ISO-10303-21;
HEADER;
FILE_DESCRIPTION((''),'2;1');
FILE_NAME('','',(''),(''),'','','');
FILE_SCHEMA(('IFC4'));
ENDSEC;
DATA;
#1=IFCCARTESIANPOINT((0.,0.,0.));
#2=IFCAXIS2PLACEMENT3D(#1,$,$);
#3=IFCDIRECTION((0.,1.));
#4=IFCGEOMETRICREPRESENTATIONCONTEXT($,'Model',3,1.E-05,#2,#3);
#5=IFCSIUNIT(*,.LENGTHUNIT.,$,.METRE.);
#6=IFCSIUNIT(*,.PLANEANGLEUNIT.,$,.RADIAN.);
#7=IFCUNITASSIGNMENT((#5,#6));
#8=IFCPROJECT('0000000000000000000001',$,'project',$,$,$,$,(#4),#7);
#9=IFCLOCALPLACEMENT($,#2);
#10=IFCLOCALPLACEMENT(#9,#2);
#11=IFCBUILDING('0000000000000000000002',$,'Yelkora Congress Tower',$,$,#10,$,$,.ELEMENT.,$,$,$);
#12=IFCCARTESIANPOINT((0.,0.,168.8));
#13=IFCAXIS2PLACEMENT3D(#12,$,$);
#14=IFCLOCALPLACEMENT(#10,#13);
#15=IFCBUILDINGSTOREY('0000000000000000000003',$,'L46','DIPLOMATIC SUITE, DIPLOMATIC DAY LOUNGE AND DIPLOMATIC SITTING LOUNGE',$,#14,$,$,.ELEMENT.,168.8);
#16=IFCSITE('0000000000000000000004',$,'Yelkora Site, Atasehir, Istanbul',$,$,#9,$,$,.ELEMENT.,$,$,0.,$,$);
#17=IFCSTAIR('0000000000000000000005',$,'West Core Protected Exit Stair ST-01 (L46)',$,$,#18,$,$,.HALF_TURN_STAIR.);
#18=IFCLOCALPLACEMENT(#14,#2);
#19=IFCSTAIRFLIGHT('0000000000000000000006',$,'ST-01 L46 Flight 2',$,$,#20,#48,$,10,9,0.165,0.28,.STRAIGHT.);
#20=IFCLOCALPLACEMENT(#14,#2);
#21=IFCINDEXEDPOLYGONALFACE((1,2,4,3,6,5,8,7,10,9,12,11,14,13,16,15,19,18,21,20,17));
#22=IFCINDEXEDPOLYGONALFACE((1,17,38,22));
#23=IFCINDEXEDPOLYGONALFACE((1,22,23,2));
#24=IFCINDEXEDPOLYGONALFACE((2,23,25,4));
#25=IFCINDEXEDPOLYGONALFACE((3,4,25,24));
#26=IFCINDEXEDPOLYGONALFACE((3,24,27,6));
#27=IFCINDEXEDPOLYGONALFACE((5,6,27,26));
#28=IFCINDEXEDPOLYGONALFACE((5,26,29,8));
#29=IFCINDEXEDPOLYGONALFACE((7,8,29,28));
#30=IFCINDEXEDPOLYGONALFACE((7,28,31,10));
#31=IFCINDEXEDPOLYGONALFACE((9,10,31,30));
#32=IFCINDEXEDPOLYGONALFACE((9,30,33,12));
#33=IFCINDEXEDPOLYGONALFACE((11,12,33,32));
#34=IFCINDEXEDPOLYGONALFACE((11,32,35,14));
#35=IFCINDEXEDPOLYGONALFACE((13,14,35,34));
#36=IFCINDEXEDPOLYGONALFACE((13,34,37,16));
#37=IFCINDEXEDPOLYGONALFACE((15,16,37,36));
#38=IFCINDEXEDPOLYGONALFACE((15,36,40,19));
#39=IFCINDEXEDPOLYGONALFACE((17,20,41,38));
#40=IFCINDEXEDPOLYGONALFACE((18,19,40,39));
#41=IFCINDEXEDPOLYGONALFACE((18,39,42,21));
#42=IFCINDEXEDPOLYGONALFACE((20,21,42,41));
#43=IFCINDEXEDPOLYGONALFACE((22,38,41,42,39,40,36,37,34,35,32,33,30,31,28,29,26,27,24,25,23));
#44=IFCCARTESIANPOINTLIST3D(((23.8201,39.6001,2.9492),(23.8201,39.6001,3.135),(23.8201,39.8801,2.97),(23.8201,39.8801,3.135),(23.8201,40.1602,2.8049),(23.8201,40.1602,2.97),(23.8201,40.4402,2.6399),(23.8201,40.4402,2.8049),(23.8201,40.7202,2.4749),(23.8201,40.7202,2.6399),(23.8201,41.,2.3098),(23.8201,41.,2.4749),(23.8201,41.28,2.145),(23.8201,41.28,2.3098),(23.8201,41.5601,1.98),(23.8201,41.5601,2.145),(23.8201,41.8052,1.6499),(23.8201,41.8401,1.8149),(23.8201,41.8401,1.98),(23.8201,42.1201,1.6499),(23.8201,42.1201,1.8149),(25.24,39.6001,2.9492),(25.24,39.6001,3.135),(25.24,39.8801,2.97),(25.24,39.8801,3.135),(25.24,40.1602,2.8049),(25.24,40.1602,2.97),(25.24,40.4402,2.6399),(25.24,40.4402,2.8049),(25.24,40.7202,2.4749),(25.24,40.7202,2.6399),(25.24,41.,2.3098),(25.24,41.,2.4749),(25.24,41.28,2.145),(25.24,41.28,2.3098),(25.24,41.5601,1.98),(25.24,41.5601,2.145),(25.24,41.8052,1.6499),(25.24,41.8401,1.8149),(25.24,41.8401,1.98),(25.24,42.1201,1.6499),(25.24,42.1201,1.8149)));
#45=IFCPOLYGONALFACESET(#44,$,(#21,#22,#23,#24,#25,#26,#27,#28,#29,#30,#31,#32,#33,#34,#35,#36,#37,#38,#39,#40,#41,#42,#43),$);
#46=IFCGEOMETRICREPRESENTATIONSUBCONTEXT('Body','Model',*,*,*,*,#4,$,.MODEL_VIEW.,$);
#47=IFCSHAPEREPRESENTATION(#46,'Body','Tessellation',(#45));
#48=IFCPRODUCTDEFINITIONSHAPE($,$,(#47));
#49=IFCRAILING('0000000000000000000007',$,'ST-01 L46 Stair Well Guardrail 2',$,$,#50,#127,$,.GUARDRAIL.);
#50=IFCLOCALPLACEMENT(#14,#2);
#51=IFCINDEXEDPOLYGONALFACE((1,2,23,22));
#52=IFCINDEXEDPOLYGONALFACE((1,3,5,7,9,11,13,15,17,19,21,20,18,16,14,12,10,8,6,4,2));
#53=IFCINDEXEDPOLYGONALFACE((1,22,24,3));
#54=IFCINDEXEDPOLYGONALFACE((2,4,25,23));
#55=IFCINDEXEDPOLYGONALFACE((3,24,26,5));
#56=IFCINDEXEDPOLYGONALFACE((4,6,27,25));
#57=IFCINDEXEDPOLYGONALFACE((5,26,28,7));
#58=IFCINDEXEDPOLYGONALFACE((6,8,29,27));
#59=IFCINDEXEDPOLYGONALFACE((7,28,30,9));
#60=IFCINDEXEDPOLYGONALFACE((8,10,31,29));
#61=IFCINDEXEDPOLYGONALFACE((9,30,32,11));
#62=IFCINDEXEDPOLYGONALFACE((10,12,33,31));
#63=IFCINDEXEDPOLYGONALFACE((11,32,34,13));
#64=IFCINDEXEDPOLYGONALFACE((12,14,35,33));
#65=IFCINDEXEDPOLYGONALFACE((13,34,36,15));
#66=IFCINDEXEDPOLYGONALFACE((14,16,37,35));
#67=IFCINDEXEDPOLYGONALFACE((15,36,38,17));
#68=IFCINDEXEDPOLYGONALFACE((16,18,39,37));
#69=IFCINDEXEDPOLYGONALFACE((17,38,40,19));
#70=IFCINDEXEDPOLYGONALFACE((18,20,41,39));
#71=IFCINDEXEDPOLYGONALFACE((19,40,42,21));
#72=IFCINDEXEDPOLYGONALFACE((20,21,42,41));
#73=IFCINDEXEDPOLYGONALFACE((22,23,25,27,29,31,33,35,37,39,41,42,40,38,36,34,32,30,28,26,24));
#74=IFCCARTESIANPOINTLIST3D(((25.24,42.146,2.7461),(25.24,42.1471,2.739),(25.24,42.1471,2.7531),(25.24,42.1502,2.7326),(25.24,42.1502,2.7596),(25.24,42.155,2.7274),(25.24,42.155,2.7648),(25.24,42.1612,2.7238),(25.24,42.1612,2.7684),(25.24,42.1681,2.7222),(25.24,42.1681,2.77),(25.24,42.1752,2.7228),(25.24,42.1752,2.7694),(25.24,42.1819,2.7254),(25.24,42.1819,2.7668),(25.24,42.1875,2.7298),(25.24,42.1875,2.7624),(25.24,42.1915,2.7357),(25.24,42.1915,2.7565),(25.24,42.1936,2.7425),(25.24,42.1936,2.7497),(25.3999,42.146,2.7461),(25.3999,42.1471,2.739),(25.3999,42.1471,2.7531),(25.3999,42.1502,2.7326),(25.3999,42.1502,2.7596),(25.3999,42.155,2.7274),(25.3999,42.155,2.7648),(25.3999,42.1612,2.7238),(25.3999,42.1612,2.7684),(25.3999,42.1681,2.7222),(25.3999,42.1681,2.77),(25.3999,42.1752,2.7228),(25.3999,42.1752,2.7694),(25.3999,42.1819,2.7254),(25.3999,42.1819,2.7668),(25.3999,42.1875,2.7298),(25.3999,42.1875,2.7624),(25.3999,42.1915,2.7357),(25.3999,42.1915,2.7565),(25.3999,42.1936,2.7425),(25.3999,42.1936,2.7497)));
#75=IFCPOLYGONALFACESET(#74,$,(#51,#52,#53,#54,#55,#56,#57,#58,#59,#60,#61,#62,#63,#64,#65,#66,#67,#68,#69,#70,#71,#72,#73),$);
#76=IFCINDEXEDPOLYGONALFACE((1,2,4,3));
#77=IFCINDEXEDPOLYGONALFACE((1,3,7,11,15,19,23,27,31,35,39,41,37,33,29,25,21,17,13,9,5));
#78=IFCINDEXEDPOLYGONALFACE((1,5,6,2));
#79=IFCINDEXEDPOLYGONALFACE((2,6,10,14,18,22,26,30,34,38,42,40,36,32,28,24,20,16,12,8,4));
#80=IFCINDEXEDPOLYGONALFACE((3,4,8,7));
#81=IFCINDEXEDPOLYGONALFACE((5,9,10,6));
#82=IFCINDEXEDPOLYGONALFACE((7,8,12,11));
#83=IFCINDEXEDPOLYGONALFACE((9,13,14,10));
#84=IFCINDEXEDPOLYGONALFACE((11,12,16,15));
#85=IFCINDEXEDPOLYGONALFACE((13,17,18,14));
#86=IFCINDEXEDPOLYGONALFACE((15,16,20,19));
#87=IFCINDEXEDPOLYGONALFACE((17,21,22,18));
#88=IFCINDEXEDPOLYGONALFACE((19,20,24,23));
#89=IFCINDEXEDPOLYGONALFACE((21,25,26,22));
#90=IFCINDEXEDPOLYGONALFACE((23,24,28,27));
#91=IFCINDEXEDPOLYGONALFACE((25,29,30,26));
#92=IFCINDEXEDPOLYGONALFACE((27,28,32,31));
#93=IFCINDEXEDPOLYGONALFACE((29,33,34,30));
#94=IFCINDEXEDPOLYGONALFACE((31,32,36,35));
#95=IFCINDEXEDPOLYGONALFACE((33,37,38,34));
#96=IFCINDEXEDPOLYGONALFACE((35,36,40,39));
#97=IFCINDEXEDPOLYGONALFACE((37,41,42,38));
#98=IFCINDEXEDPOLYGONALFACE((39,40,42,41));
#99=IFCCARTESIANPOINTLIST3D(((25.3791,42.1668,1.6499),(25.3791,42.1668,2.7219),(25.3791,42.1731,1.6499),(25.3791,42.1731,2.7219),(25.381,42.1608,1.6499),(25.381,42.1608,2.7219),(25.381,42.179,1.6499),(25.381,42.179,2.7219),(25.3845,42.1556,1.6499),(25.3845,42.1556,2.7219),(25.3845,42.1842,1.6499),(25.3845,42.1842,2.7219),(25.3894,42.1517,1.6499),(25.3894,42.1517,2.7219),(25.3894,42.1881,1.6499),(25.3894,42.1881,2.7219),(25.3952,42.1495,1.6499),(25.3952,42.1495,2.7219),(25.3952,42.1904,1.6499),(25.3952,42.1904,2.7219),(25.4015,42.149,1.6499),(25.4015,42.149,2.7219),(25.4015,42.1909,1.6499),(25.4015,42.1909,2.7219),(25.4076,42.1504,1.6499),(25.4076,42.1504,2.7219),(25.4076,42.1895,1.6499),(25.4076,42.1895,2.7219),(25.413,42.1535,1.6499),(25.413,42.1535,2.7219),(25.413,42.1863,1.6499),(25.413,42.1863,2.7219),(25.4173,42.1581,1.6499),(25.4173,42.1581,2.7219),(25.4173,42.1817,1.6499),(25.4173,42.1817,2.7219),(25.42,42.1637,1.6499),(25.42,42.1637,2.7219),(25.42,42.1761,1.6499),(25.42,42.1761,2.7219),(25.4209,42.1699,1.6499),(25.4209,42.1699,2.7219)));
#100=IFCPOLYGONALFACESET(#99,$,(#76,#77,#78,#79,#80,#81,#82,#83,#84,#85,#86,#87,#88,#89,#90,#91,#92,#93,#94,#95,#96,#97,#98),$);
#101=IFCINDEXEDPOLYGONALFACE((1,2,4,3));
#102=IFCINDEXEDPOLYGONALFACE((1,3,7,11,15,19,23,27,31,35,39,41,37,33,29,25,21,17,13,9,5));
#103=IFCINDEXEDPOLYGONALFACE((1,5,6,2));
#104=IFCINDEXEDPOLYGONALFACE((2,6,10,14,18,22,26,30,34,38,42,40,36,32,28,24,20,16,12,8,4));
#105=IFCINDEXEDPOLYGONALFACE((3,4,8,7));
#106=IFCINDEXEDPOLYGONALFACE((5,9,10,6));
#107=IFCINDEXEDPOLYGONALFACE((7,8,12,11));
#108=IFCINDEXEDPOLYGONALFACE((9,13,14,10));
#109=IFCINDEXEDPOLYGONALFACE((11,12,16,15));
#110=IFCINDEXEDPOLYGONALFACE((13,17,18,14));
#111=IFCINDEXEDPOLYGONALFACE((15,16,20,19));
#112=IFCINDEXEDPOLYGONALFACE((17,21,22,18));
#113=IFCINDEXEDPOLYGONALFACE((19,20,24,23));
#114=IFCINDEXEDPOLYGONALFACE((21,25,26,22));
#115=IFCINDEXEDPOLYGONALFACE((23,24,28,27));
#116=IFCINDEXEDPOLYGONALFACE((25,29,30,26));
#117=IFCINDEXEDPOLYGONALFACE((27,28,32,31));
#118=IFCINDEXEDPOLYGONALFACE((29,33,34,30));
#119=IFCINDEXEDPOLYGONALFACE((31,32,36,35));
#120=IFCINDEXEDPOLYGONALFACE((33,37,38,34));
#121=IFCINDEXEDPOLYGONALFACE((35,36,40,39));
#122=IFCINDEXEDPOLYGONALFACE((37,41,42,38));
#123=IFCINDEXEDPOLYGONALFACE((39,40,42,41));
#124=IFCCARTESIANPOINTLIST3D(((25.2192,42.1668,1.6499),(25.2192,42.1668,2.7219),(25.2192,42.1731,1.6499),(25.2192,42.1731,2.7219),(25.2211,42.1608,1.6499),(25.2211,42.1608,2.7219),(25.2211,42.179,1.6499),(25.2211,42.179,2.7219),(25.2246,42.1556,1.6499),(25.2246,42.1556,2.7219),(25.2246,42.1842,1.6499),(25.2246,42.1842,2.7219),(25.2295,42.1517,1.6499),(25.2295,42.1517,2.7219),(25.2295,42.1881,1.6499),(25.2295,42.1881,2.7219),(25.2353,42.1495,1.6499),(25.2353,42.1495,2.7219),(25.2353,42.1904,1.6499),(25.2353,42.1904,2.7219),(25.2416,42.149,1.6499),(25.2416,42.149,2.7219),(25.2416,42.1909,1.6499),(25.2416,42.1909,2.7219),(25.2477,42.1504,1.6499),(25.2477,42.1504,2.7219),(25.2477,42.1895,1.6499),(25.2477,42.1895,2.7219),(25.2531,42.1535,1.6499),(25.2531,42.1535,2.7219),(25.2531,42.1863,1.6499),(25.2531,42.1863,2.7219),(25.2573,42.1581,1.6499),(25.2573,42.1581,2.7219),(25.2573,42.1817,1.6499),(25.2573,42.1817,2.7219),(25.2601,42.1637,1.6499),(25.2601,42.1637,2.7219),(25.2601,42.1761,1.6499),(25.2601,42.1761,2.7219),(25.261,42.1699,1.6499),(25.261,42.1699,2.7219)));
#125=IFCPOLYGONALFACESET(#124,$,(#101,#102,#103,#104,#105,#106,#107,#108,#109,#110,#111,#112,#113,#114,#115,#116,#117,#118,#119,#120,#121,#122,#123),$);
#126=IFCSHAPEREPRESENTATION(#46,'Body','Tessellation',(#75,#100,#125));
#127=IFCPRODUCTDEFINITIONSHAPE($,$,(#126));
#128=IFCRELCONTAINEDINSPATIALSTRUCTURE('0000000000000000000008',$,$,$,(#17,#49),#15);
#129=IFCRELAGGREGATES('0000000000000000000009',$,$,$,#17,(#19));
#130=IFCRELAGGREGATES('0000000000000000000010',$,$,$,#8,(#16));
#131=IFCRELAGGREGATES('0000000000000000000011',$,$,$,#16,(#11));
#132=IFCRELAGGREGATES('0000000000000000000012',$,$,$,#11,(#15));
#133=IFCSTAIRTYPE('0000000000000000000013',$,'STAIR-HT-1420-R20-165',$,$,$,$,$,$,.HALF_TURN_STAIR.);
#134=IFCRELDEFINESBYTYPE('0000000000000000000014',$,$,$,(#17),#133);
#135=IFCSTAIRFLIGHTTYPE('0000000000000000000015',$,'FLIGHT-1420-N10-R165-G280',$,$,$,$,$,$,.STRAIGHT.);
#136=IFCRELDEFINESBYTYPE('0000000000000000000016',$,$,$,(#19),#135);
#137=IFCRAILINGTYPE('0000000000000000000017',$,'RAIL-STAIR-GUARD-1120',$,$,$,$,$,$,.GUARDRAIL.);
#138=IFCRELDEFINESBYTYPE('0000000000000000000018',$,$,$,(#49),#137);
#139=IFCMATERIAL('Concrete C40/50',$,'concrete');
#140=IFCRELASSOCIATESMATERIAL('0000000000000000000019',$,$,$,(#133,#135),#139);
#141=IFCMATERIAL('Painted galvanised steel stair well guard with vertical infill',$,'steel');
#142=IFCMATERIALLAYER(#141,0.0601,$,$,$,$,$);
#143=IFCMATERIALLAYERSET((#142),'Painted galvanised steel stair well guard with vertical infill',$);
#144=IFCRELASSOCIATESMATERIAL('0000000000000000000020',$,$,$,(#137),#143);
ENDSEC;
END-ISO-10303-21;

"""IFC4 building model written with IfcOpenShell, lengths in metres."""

from ifc_helpers import new_model, si_unit, direction, frame, origin, origin_2d, place, context, subcontext, project, spatial, polyline, circle, outline, extrude, material, layer, layer_set, type_object, element, aggregate, save


model = new_model("IFC4")

# Units and contexts
model_context = context("Model", 3, precision=1e-05, world=origin(), true_north=direction((0.0, 1.0)))
body_context = subcontext(model_context, "Body", "Model", "MODEL_VIEW")
ifc_project = project(units=[si_unit("LENGTHUNIT", "METRE"), si_unit("PLANEANGLEUNIT", "RADIAN")], contexts=[model_context])

# Site, building, storey
site_placement = place(None, origin())
site = spatial("IfcSite", under=ifc_project, at=site_placement, Name="Yelkora Site, Atasehir, Istanbul", CompositionType="ELEMENT", RefElevation=0.0)
building_placement = place(site_placement, origin())
building = spatial("IfcBuilding", under=site, at=building_placement, Name="Yelkora Congress Tower", CompositionType="ELEMENT")
storey_placement = place(building_placement, frame((0.0, 0.0, 168.8)))
storey = spatial("IfcBuildingStorey", under=building, at=storey_placement, Name="L46", Description="DIPLOMATIC SUITE, DIPLOMATIC DAY LOUNGE AND DIPLOMATIC SITTING LOUNGE", CompositionType="ELEMENT", Elevation=168.8)

# Stair, stair flight
ifc_material_1 = material(Name="Concrete C40/50", Category="concrete")
stair_type = type_object("IfcStairType", Name="STAIR-HT-1420-R20-165", PredefinedType="HALF_TURN_STAIR", material=ifc_material_1)
stair_placement = place(storey_placement, origin())
stair = element("IfcStair", 1, at=stair_placement, inside=storey, type_object=stair_type, Name="West Core Protected Exit Stair ST-01 (L46)", PredefinedType="HALF_TURN_STAIR")
stair_flight_type = type_object("IfcStairFlightType", Name="FLIGHT-1420-N10-R165-G280", PredefinedType="STRAIGHT", material=ifc_material_1)
stair_flight_placement = place(storey_placement, frame((24.53, 42.1201, 1.6499), z_axis=(0.0, 0.0, 1.0), x_axis=(0.0, -1.0, 0.0)))
stair_flight = element("IfcStairFlight", 2, at=stair_flight_placement, type_object=stair_flight_type, Name="ST-01 L46 Flight 2", NumberOfRisers=10, NumberOfTreads=9, PredefinedType="STRAIGHT", RiserHeight=0.165, TreadLength=0.28, context=body_context, shape_type="SweptSolid", body=[
    extrude(outline(polyline([(0.0, 0.0), (0.0, 0.165), (0.28, 0.165), (0.28, 0.3301), (0.5601, 0.3301), (0.5601, 0.4951), (0.8401, 0.4951), (0.8401, 0.6599), (1.1201, 0.6599), (1.1201, 0.825), (1.3999, 0.825), (1.3999, 0.99), (1.6799, 0.99), (1.6799, 1.155), (1.96, 1.155), (1.96, 1.3201), (2.24, 1.3201), (2.24, 1.4851), (2.52, 1.4851), (2.52, 1.6499), (2.52, 1.2993), (0.3149, 0.0), (0.0, 0.0)])), frame((0.0, 0.71, 0.0), z_axis=(0.0, -1.0, 0.0), x_axis=(1.0, 0.0, 0.0)), (0.0, 0.0, 1.0), 1.4199),
])
aggregate(stair, [stair_flight])

# Railing
ifc_material_2 = material(Name="Painted galvanised steel stair well guard with vertical infill", Category="steel")
ifc_layer_1 = layer(ifc_material_2, 0.0601)
ifc_layer_set_1 = layer_set([ifc_layer_1], Name="Painted galvanised steel stair well guard with vertical infill")
railing_type = type_object("IfcRailingType", Name="RAIL-STAIR-GUARD-1120", PredefinedType="GUARDRAIL", material=ifc_layer_set_1)
railing_1_placement = place(storey_placement, frame((25.3999, 42.1699, 1.6499)))
element("IfcRailing", 3, at=railing_1_placement, inside=storey, type_object=railing_type, Name="ST-01 L46 Stair Well Guardrail 2", PredefinedType="GUARDRAIL", context=body_context, shape_type="SweptSolid", body=[
    extrude(circle(Radius=0.0239, at=origin_2d()), frame((0.0, 0.0, 1.0962), z_axis=(-1.0, 0.0, 0.0), x_axis=(0.0, -1.0, 0.0)), (0.0, 0.0, 1.0), 0.1599),
    extrude(circle(Radius=0.021, at=origin_2d()), origin(), (0.0, 0.0, 1.0), 1.072),
    extrude(circle(Radius=0.021, at=origin_2d()), frame((-0.1599, 0.0, 0.0)), (0.0, 0.0, 1.0), 1.072),
])

save(model, "model.ifc")
